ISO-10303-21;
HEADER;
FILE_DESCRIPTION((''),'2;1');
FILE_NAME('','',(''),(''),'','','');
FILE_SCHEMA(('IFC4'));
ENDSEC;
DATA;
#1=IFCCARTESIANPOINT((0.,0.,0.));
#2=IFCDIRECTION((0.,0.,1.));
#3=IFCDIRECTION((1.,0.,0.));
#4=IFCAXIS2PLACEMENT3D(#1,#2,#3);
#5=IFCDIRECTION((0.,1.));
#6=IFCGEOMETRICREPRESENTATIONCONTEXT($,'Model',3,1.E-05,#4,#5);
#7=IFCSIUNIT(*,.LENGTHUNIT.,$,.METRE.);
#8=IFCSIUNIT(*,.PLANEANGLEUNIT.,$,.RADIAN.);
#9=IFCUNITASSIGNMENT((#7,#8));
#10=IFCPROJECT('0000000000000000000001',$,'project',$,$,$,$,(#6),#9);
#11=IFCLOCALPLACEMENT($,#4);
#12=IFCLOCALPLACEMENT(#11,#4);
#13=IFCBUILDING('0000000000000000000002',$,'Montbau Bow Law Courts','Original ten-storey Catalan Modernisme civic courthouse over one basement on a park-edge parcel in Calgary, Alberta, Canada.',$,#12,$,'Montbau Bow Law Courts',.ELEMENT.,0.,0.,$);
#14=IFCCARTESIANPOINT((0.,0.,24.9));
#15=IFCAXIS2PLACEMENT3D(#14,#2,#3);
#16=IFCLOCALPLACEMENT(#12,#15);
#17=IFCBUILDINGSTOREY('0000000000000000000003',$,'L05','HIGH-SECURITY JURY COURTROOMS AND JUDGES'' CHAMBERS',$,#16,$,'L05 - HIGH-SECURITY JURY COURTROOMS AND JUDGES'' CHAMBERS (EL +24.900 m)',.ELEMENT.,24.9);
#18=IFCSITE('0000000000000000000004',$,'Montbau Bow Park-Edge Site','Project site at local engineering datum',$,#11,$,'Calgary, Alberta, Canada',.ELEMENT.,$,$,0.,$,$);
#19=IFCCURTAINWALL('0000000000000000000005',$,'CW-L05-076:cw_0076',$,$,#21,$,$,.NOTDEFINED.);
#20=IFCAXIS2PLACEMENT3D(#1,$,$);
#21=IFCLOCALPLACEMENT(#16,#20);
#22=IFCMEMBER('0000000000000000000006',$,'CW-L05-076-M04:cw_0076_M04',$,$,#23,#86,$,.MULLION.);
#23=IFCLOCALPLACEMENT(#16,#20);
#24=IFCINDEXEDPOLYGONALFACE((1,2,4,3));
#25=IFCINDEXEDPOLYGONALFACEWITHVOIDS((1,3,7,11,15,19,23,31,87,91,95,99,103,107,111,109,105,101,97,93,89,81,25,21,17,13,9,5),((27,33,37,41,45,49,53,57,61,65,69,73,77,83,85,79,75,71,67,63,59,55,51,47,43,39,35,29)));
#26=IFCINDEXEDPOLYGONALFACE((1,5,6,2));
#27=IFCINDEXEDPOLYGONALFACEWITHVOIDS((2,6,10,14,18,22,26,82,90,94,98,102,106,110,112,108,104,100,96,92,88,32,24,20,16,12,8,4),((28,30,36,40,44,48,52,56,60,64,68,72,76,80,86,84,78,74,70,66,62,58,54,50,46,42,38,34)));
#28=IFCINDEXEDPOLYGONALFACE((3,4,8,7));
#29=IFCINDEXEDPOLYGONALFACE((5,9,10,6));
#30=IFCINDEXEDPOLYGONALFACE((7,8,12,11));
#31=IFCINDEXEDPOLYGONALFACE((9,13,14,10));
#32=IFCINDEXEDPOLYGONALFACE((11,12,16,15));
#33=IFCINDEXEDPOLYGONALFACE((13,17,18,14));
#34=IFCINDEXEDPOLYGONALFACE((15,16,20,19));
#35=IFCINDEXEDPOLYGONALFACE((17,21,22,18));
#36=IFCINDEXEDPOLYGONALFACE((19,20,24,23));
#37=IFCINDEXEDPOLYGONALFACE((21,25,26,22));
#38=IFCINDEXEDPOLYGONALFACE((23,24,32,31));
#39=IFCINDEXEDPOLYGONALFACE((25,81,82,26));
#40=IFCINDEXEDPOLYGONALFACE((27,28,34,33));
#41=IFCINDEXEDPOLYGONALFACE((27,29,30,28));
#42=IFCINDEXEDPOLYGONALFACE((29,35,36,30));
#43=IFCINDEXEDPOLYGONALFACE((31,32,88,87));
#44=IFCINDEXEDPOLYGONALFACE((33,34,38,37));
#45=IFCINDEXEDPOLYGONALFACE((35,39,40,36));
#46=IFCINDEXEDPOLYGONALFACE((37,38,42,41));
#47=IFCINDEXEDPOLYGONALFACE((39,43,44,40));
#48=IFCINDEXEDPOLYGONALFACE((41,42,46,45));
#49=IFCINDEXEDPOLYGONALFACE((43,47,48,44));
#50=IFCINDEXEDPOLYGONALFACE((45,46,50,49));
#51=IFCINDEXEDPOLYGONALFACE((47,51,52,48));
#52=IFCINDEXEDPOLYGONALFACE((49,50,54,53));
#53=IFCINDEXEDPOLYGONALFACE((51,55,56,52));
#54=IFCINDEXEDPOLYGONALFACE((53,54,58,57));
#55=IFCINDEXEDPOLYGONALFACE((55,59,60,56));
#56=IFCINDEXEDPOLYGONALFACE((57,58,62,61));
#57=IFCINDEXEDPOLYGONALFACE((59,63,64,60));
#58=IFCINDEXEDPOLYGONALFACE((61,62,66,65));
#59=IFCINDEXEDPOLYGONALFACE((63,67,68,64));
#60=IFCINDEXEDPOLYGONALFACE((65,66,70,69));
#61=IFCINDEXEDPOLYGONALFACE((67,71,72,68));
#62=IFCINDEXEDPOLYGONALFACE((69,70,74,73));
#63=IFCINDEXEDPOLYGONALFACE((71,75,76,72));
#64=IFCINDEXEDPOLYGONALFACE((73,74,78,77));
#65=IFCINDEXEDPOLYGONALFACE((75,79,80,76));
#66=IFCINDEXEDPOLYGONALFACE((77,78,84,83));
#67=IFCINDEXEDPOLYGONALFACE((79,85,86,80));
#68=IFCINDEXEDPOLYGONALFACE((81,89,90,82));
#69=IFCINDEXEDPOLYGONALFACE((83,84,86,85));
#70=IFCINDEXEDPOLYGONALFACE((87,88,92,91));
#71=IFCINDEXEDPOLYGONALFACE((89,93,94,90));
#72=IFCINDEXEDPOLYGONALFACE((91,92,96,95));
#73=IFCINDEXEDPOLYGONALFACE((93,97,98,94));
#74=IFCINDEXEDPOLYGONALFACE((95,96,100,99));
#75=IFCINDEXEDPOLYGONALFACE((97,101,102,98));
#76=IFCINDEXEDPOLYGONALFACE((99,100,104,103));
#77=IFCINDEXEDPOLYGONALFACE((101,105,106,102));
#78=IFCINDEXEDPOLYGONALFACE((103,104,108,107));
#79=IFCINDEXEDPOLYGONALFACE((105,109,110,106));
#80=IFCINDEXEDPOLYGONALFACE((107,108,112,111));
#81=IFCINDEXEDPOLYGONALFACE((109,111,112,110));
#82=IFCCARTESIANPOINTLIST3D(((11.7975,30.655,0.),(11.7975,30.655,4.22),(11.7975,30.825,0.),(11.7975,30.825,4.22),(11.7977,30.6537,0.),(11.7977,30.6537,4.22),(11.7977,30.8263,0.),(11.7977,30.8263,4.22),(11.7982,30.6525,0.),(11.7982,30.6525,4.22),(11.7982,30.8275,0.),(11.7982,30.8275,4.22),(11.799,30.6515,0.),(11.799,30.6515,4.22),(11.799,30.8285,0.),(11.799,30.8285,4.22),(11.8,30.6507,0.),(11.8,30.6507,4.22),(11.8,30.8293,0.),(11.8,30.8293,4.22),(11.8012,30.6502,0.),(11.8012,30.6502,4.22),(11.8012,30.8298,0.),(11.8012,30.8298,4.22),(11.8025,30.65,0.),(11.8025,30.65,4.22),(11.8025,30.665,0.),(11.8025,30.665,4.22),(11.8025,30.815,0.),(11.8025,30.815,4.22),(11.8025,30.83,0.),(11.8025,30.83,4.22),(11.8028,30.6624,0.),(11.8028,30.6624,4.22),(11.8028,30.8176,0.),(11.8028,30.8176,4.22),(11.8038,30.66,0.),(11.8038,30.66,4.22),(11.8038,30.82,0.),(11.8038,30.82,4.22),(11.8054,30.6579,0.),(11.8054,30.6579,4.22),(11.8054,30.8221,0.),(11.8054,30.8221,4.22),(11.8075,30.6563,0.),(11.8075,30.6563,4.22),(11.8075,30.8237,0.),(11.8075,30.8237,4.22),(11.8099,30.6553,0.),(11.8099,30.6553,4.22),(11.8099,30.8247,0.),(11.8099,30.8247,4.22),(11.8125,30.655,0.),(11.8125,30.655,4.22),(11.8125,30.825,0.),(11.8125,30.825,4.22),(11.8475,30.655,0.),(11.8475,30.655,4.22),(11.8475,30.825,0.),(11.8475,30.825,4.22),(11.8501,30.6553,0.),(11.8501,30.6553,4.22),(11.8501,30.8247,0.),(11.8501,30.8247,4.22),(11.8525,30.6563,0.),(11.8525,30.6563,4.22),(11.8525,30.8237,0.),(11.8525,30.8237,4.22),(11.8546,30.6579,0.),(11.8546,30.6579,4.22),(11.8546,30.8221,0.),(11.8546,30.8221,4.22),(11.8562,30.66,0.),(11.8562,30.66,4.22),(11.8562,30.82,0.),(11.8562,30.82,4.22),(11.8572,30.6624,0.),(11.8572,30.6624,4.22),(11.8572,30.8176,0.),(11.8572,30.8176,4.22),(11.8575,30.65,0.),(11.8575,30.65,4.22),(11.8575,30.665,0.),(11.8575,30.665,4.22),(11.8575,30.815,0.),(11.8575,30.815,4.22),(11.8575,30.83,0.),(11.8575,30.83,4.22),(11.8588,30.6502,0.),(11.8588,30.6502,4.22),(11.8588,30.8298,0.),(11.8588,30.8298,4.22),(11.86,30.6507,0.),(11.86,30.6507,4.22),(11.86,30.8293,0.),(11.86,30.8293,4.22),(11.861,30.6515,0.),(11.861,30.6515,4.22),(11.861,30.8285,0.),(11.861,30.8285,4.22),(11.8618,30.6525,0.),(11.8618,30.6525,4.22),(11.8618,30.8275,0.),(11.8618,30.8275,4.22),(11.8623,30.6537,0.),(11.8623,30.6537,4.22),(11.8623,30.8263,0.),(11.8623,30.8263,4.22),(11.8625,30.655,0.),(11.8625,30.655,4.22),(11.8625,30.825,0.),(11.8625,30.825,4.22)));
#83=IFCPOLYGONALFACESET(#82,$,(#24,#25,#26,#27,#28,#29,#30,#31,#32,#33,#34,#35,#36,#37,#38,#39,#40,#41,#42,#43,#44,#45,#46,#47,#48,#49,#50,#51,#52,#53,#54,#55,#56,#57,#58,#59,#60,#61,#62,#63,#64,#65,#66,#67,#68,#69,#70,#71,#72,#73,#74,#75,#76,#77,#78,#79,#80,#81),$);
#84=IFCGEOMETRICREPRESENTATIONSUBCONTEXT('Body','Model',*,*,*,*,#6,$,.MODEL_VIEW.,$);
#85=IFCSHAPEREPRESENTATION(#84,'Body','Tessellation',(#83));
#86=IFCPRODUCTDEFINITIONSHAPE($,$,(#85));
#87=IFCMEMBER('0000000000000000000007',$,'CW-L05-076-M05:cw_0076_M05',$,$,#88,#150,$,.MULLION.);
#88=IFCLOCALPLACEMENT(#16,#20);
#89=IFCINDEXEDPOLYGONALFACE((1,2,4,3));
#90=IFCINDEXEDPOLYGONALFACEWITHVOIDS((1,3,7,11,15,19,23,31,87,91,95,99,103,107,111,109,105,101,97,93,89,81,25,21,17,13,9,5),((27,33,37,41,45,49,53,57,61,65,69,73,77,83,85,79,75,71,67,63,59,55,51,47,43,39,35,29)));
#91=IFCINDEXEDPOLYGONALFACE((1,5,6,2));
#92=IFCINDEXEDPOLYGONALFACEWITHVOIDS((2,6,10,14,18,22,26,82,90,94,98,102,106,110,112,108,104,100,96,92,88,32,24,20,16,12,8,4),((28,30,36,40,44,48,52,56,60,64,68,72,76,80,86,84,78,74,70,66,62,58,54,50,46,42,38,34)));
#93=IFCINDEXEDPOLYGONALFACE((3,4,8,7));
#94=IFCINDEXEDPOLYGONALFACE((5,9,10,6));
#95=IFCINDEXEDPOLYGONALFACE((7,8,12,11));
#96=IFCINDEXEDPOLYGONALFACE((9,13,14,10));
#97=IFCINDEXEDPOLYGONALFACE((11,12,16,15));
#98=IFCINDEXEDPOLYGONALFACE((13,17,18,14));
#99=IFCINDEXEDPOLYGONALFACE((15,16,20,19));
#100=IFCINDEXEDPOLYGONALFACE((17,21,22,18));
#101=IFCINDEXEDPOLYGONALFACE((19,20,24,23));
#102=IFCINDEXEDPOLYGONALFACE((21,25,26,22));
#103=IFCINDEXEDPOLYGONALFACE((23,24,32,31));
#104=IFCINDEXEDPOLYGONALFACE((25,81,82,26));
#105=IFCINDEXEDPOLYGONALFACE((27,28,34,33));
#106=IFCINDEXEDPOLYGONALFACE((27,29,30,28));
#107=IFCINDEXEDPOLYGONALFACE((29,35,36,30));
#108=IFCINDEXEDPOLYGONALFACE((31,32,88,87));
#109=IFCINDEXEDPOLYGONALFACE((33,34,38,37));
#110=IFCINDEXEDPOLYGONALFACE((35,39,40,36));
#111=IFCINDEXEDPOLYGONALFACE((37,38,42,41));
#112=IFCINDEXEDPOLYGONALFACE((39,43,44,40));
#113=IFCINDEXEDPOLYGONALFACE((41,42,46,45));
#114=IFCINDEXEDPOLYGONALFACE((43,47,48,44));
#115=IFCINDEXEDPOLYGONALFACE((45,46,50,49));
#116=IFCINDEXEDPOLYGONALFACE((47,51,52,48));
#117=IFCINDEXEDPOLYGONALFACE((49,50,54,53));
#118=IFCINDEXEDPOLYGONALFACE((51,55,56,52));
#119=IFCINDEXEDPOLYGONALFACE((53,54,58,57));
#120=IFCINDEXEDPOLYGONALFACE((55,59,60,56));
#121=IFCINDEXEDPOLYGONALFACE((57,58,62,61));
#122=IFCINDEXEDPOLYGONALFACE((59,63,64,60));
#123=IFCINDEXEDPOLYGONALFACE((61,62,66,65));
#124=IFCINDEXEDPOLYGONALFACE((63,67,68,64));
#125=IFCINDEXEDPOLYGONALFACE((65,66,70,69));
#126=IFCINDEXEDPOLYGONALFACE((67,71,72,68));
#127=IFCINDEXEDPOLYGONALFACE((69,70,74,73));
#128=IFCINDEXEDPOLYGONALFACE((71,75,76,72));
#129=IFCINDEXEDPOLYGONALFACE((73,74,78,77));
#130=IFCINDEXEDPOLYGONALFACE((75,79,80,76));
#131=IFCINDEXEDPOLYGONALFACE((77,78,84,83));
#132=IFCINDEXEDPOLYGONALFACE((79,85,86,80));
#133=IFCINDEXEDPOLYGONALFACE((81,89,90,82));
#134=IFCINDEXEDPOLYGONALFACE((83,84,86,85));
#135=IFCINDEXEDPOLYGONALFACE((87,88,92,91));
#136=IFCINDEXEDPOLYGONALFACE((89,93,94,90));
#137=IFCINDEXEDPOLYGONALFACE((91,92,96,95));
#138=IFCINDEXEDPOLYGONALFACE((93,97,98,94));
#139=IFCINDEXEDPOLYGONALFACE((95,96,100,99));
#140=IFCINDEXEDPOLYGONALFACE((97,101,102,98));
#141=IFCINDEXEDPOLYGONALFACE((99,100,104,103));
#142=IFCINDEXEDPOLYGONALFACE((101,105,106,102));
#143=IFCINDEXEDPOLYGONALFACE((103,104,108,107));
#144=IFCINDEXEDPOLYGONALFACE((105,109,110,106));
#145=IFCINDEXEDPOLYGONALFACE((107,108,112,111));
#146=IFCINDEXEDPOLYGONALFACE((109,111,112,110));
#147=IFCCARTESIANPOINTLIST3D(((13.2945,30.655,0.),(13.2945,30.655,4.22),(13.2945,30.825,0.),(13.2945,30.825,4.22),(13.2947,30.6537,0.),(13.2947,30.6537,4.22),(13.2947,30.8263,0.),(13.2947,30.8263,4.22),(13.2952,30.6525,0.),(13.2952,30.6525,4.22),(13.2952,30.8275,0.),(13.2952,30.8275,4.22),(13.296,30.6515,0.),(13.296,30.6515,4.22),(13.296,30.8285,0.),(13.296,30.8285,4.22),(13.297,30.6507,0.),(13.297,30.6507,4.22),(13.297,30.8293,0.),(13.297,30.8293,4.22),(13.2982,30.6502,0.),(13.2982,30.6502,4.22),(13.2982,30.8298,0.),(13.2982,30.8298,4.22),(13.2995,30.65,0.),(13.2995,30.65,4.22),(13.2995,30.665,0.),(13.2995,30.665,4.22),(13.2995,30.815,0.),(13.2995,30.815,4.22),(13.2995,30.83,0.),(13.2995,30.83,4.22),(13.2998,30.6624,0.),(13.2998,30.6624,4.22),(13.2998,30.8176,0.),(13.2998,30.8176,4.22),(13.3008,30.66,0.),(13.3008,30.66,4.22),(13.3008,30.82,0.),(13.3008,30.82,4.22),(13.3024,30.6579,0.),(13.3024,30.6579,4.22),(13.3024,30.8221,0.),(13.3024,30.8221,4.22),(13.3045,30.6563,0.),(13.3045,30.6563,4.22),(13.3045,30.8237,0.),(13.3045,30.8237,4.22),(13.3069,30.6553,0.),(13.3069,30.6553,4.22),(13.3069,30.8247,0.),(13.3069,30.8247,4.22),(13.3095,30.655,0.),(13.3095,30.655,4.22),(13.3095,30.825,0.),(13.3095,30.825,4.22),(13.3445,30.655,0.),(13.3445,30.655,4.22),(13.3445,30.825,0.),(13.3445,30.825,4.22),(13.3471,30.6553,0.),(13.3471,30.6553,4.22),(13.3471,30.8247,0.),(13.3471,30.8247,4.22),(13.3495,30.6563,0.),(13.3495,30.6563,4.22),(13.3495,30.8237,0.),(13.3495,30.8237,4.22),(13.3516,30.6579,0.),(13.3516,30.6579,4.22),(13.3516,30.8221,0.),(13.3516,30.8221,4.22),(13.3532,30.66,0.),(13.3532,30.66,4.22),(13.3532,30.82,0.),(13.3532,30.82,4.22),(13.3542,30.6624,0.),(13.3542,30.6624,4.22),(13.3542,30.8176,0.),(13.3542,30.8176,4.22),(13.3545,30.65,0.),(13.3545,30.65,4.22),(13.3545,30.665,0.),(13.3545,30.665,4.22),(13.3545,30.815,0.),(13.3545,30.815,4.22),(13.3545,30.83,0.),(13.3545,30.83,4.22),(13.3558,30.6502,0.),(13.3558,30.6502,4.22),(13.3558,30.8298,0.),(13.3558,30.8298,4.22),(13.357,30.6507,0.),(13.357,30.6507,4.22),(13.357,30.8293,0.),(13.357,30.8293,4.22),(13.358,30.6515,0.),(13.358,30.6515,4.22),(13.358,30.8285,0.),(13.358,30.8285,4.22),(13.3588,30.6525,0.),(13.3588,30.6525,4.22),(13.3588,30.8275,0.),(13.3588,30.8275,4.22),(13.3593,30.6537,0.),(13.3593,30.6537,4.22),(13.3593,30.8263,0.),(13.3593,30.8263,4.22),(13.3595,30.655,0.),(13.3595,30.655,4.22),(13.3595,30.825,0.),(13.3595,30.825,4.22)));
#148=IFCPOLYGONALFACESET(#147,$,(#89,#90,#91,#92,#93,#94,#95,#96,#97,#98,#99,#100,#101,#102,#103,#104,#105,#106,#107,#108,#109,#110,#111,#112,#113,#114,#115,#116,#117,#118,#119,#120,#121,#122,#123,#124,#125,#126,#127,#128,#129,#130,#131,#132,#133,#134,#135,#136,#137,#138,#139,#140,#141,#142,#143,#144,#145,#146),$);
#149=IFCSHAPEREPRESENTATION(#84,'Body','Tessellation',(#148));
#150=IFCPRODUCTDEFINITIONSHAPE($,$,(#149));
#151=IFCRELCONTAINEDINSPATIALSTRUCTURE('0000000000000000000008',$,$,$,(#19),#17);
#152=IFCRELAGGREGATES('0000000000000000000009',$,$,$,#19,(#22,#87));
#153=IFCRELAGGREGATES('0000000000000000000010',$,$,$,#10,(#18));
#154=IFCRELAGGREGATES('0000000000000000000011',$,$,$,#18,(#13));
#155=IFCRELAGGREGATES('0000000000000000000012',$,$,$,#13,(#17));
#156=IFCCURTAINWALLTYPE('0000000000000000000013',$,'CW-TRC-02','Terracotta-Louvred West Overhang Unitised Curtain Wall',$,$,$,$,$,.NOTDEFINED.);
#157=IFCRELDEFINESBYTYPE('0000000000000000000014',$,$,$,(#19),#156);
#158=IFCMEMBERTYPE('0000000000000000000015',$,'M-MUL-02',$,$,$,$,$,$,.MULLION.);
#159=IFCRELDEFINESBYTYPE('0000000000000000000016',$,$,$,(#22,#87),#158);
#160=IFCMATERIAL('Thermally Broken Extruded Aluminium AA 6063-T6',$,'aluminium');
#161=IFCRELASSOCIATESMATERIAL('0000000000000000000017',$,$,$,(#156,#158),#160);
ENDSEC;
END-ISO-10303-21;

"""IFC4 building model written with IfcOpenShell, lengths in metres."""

from ifc_helpers import new_model, si_unit, direction, frame, origin_with_axes, origin_2d_with_axis, place, context, subcontext, project, spatial, hollow_rectangle, extrude, material, material_profile, profile_set, type_object, element, aggregate, save


model = new_model("IFC4")

# Units and contexts
model_context = context("Model", 3, precision=1e-05, world=origin_with_axes(), true_north=direction((0.0, 1.0)))
body_context = subcontext(model_context, "Body", "Model", "MODEL_VIEW")
ifc_project = project(units=[si_unit("LENGTHUNIT", "METRE"), si_unit("PLANEANGLEUNIT", "RADIAN")], contexts=[model_context])

# Site, building, storey
site_placement = place(None, origin_with_axes())
site = spatial("IfcSite", under=ifc_project, at=site_placement, Name="Montbau Bow Park-Edge Site", Description="Project site at local engineering datum", LongName="Calgary, Alberta, Canada", CompositionType="ELEMENT", RefElevation=0.0)
building_placement = place(site_placement, origin_with_axes())
building = spatial("IfcBuilding", under=site, at=building_placement, Name="Montbau Bow Law Courts", Description="Original ten-storey Catalan Modernisme civic courthouse over one basement on a park-edge parcel in Calgary, Alberta, Canada.", LongName="Montbau Bow Law Courts", CompositionType="ELEMENT", ElevationOfRefHeight=0.0, ElevationOfTerrain=0.0)
storey_placement = place(building_placement, frame((0.0, 0.0, 24.9), z_axis=(0.0, 0.0, 1.0), x_axis=(1.0, 0.0, 0.0)))
storey = spatial("IfcBuildingStorey", under=building, at=storey_placement, Name="L05", Description="HIGH-SECURITY JURY COURTROOMS AND JUDGES' CHAMBERS", LongName="L05 - HIGH-SECURITY JURY COURTROOMS AND JUDGES' CHAMBERS (EL +24.900 m)", CompositionType="ELEMENT", Elevation=24.9)

# Curtain wall, members
ifc_material_1 = material(Name="Thermally Broken Extruded Aluminium AA 6063-T6", Category="aluminium")
curtain_wall_type = type_object("IfcCurtainWallType", Name="CW-TRC-02", Description="Terracotta-Louvred West Overhang Unitised Curtain Wall", PredefinedType="NOTDEFINED", material=ifc_material_1)
curtain_wall_1_placement = place(None, frame((7.24, 30.74, 24.9), z_axis=(0.0, 0.0, 1.0), x_axis=(1.0, 0.0, 0.0)))
curtain_wall_1 = element("IfcCurtainWall", 1, at=curtain_wall_1_placement, inside=storey, type_object=curtain_wall_type, Name="CW-L05-076:cw_0076", PredefinedType="NOTDEFINED")
ifc_material_profile_1 = material_profile(ifc_material_1, hollow_rectangle(XDim=0.065, YDim=0.18, WallThickness=0.005, InnerFilletRadius=0.01, OuterFilletRadius=0.005, at=origin_2d_with_axis()), Name="CWM-180X65", Category="Main", Priority=0)
ifc_profile_set_1 = profile_set([ifc_material_profile_1], Name="Thermally Broken Extruded Aluminium AA 6063-T6")
member_type_1 = type_object("IfcMemberType", Name="M-MUL-02", PredefinedType="MULLION", material=ifc_profile_set_1)
member_1_placement = place(None, frame((11.83, 30.74, 24.9), z_axis=(0.0, 0.0, 1.0), x_axis=(1.0, 0.0, 0.0)))
member_1 = element("IfcMember", 2, at=member_1_placement, type_object=member_type_1, Name="CW-L05-076-M04:cw_0076_M04", PredefinedType="MULLION", context=body_context, shape_type="SweptSolid", body=[
    extrude(hollow_rectangle(XDim=0.065, YDim=0.18, WallThickness=0.005, InnerFilletRadius=0.01, OuterFilletRadius=0.005, at=origin_2d_with_axis()), origin_with_axes(), (0.0, 0.0, 1.0), 4.22),
])
member_2_placement = place(None, frame((13.327, 30.74, 24.9), z_axis=(0.0, 0.0, 1.0), x_axis=(1.0, 0.0, 0.0)))
member_2 = element("IfcMember", 3, at=member_2_placement, type_object=member_type_1, Name="CW-L05-076-M05:cw_0076_M05", PredefinedType="MULLION", context=body_context, shape_type="SweptSolid", body=[
    extrude(hollow_rectangle(XDim=0.065, YDim=0.18, WallThickness=0.005, InnerFilletRadius=0.01, OuterFilletRadius=0.005, at=origin_2d_with_axis()), origin_with_axes(), (0.0, 0.0, 1.0), 4.22),
])

aggregate(curtain_wall_1, [member_1, member_2])

save(model, "model.ifc")
